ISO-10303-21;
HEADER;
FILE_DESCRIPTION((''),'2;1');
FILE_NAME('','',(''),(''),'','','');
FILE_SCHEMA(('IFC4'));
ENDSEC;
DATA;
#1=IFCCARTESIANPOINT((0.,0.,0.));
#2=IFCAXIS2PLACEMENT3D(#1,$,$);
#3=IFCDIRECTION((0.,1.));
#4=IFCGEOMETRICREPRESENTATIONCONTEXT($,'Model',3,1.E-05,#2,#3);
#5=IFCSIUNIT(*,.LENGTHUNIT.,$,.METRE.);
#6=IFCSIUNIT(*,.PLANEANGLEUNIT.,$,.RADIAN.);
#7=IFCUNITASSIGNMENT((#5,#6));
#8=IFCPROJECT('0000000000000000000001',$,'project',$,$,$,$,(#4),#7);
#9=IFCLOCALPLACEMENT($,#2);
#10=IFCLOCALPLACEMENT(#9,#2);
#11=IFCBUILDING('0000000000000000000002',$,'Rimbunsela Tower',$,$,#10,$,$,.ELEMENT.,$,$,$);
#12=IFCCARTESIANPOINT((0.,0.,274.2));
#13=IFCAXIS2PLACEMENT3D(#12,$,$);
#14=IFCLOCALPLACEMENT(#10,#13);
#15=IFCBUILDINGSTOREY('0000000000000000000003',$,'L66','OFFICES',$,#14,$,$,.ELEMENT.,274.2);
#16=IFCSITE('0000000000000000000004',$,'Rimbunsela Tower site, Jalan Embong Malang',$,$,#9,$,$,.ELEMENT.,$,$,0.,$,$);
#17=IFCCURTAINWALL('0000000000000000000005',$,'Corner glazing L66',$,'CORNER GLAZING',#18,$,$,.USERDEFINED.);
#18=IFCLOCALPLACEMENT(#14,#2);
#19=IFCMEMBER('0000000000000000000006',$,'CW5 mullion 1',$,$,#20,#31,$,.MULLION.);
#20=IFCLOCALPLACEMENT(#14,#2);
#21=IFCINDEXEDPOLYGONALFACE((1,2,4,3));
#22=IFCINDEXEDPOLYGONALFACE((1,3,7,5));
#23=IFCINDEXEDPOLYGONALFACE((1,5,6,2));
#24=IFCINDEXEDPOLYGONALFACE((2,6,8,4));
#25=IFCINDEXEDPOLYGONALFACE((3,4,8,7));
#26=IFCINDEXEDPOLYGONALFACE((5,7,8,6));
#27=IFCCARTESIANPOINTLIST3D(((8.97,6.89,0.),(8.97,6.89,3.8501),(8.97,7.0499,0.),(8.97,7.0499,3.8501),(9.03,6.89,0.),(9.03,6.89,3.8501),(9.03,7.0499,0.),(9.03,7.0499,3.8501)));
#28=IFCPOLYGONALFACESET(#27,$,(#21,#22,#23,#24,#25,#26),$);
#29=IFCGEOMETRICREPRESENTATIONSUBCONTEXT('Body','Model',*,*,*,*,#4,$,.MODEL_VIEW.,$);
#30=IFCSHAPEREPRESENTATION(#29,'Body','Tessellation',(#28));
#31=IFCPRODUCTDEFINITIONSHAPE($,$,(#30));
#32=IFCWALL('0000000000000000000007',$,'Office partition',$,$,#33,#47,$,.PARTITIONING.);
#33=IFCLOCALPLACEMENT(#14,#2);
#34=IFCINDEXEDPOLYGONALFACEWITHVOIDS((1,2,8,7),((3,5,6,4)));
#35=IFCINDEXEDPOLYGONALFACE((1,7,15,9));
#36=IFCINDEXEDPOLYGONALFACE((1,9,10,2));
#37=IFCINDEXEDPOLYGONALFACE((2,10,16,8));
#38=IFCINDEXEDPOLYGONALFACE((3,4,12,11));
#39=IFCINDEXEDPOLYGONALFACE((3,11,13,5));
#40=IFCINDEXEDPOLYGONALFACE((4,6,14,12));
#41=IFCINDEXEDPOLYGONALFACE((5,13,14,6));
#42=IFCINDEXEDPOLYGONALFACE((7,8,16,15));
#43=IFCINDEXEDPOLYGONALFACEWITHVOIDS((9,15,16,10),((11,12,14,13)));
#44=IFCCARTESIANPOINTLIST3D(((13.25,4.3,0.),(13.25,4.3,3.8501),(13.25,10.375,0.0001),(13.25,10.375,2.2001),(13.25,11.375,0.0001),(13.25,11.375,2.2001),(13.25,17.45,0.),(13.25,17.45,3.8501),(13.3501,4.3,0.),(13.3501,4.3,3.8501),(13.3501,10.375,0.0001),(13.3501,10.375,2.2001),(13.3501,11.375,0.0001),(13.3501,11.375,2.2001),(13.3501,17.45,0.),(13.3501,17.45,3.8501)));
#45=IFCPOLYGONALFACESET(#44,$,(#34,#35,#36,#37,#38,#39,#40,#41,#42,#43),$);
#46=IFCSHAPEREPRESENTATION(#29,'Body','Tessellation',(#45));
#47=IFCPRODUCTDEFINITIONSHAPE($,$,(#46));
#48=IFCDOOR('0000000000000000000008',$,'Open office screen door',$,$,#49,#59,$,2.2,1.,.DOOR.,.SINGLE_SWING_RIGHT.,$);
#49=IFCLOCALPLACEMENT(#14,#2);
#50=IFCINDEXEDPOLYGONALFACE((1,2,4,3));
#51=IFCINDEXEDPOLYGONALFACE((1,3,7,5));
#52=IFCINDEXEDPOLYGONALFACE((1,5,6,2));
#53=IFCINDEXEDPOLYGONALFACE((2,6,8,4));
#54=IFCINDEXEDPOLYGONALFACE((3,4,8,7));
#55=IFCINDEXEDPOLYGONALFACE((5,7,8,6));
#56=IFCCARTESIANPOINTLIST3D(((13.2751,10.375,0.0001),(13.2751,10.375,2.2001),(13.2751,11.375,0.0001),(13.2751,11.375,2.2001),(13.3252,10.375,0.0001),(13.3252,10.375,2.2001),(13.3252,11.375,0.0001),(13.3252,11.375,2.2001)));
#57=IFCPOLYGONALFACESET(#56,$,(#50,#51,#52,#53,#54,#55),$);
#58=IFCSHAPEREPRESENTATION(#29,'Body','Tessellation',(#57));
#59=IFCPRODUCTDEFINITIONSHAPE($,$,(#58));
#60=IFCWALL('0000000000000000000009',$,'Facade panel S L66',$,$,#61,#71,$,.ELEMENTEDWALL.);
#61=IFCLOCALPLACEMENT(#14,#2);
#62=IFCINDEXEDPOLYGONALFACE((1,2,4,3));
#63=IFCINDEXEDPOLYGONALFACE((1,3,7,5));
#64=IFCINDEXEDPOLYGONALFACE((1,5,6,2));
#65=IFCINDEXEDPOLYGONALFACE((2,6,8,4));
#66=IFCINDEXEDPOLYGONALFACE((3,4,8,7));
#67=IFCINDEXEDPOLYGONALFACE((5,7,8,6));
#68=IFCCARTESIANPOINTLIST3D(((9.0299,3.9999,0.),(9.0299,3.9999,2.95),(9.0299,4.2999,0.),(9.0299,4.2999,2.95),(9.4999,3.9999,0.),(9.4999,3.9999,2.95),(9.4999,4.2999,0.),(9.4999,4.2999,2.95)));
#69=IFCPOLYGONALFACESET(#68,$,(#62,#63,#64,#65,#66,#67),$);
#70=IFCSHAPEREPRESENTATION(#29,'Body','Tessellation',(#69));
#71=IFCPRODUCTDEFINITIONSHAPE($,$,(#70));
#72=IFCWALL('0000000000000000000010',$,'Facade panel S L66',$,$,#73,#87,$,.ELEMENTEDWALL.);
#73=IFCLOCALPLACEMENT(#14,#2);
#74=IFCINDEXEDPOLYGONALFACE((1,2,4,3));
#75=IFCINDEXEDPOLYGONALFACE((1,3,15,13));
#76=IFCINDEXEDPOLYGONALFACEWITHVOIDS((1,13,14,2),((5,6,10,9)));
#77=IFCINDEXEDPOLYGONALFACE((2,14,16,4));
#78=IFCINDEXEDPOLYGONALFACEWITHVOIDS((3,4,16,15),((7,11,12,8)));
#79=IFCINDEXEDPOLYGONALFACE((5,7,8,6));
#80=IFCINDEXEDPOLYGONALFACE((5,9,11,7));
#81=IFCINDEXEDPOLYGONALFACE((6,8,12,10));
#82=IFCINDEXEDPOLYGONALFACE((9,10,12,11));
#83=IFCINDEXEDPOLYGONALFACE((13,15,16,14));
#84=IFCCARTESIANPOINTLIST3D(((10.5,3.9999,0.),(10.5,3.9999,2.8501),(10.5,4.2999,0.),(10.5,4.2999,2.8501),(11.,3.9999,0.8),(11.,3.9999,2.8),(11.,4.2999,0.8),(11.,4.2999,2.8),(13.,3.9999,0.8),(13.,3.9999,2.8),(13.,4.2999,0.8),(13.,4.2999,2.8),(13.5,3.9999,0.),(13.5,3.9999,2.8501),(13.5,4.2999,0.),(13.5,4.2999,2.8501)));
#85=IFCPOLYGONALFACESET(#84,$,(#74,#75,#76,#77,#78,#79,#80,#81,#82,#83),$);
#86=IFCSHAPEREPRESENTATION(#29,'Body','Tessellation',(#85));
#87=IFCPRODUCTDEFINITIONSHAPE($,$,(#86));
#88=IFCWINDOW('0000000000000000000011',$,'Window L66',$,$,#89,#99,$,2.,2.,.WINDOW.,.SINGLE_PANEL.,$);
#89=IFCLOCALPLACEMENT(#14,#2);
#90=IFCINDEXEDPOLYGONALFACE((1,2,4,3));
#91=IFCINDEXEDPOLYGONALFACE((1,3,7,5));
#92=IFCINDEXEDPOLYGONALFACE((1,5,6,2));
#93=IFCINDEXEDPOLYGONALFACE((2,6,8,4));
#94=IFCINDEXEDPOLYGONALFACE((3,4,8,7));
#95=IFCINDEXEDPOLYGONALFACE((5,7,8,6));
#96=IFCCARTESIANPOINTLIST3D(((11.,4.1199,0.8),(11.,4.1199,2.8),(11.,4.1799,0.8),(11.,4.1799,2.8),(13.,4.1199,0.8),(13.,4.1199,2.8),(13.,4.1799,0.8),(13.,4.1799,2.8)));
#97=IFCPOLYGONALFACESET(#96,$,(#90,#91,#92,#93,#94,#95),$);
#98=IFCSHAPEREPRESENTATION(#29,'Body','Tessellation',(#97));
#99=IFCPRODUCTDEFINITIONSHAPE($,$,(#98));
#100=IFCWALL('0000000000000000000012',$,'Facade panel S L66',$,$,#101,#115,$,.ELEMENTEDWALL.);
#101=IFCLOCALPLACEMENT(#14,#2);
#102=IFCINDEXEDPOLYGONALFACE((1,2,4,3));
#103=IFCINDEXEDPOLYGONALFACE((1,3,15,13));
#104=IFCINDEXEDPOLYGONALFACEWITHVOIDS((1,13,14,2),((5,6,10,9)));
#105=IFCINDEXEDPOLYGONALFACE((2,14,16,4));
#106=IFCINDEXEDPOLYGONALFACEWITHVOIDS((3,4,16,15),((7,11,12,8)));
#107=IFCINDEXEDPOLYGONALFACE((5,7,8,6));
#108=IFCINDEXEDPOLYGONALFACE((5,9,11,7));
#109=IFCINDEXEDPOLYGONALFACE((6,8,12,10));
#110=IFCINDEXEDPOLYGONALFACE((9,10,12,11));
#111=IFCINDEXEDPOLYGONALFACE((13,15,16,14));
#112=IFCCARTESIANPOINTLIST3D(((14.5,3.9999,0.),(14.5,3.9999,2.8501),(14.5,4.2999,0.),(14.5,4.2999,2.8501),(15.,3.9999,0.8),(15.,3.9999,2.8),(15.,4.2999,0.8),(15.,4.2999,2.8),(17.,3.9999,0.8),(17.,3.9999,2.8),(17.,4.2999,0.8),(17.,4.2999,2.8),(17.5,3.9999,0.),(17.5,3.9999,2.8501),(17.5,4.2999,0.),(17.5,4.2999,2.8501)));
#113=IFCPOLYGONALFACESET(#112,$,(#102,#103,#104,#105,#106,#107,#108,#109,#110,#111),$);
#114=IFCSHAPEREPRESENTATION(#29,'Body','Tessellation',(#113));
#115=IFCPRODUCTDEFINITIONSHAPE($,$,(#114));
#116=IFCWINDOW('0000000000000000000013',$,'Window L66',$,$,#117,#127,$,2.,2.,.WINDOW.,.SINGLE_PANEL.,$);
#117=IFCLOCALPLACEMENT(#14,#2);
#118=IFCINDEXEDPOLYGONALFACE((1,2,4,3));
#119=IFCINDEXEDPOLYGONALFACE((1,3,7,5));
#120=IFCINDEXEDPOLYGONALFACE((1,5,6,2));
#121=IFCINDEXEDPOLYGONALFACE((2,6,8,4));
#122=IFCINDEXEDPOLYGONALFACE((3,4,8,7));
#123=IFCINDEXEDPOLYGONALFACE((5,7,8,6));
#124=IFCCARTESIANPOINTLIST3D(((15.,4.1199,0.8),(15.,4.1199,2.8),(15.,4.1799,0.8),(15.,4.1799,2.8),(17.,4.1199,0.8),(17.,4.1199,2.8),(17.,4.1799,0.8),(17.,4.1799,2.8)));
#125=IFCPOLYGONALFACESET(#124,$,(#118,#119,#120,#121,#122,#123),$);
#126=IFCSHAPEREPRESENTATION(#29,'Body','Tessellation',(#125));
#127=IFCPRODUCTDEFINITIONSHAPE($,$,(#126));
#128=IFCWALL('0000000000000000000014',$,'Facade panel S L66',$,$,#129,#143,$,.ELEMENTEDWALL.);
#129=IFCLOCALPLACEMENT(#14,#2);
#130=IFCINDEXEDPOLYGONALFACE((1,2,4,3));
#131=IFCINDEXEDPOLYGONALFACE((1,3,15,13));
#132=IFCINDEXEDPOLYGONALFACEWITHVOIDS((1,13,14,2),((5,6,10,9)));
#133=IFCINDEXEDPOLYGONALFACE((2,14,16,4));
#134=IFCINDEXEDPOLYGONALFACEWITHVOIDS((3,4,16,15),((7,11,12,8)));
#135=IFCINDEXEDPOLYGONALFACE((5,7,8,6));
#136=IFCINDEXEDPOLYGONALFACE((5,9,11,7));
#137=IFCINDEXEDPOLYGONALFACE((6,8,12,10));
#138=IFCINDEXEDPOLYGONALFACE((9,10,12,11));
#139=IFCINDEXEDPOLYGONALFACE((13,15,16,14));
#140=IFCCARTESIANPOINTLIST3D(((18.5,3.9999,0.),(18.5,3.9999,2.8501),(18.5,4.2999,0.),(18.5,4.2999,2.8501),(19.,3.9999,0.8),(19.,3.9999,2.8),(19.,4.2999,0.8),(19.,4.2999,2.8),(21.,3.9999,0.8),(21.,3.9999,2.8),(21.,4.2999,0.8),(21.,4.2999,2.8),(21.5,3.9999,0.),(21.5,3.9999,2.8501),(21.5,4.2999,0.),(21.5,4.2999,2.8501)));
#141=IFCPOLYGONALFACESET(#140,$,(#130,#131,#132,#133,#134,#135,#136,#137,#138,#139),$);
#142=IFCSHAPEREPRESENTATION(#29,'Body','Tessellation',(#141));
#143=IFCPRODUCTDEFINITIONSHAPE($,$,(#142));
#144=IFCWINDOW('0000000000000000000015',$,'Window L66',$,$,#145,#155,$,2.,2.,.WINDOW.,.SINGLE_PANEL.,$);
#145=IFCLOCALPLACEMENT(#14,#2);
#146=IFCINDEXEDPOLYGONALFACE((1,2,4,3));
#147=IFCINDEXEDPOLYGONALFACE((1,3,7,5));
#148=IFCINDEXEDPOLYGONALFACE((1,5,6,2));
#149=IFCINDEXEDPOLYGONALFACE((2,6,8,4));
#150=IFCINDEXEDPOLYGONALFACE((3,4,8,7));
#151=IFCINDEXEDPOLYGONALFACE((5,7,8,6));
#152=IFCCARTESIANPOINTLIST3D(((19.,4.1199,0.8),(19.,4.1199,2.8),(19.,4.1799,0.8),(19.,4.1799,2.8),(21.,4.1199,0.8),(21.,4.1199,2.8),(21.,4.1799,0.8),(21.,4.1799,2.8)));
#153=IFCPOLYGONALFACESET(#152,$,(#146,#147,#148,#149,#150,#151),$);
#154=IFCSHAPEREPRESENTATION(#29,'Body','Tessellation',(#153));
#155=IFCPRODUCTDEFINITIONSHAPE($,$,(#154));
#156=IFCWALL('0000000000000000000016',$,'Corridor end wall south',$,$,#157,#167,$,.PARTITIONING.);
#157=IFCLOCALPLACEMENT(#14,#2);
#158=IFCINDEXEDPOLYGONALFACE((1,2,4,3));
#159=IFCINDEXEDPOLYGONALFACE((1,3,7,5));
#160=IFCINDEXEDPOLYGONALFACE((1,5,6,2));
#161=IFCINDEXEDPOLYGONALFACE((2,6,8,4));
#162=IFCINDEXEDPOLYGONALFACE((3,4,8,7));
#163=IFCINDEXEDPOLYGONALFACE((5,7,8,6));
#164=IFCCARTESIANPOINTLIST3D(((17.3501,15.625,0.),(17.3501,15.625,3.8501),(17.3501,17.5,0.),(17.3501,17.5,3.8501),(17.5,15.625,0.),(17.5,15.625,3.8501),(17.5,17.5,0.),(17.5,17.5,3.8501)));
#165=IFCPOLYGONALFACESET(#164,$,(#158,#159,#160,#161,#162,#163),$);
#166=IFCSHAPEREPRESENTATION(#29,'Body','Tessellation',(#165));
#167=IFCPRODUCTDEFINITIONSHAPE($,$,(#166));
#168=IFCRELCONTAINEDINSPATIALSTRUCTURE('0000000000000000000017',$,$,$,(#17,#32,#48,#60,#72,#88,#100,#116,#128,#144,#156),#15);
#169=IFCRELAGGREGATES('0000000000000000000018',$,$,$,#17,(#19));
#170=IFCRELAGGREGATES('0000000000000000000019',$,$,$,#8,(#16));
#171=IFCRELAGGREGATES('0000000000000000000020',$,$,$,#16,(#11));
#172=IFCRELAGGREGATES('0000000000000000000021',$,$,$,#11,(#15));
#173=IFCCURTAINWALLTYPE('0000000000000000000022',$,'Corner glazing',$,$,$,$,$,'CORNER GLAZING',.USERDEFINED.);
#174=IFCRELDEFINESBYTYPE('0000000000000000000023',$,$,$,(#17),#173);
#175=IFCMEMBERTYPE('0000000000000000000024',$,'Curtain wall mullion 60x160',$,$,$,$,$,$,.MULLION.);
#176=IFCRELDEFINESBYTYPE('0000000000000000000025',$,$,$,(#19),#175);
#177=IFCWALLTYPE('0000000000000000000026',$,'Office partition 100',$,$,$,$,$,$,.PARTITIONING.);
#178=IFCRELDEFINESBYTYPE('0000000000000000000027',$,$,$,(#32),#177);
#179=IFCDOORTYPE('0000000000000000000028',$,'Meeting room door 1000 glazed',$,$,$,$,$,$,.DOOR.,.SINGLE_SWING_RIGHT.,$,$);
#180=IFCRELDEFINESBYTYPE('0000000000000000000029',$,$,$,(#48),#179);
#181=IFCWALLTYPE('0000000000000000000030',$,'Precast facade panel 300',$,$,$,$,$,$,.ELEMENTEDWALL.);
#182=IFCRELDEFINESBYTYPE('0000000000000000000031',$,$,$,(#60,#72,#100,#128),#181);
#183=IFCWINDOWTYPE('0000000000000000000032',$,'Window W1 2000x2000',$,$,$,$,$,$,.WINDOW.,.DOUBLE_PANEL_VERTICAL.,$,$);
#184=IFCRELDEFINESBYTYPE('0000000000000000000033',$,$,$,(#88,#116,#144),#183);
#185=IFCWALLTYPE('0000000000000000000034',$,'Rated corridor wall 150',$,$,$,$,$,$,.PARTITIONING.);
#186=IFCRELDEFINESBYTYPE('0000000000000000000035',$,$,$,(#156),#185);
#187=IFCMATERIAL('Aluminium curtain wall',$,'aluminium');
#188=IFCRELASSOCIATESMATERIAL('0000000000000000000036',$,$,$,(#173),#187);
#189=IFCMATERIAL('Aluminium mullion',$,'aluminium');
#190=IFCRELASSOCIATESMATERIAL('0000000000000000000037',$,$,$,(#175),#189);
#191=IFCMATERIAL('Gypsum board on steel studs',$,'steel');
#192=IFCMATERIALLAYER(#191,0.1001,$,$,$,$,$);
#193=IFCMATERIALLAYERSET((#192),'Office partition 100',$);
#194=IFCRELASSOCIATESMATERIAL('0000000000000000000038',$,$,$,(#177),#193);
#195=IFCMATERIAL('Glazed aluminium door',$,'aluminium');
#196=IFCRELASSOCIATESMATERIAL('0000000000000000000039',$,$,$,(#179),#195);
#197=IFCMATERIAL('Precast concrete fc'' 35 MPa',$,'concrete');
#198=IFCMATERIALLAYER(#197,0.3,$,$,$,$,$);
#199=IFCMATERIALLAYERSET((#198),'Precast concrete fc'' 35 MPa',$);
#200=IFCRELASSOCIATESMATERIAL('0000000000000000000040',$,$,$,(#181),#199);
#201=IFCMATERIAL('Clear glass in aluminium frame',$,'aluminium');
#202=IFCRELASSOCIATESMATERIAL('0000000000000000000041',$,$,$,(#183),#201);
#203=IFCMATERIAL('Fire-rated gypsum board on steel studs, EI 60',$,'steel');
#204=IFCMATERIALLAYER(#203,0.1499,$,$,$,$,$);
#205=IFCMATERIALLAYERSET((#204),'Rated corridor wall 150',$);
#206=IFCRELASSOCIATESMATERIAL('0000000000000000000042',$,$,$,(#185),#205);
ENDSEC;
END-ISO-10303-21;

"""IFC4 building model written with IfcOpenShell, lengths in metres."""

from ifc_helpers import new_model, si_unit, direction, frame, frame_2d, origin, origin_2d, place, context, subcontext, project, spatial, rectangle, extrude, material, layer, layer_set, material_profile, profile_set, type_object, element, fill, aggregate, save


model = new_model("IFC4")

# Units and contexts
model_context = context("Model", 3, precision=1e-05, world=origin(), true_north=direction((0.0, 1.0)))
body_context = subcontext(model_context, "Body", "Model", "MODEL_VIEW")
ifc_project = project(units=[si_unit("LENGTHUNIT", "METRE"), si_unit("PLANEANGLEUNIT", "RADIAN")], contexts=[model_context])

# Site, building, storey
site_placement = place(None, origin())
site = spatial("IfcSite", under=ifc_project, at=site_placement, Name="Rimbunsela Tower site, Jalan Embong Malang", CompositionType="ELEMENT", RefElevation=0.0)
building_placement = place(site_placement, origin())
building = spatial("IfcBuilding", under=site, at=building_placement, Name="Rimbunsela Tower", CompositionType="ELEMENT")
storey_placement = place(building_placement, frame((0.0, 0.0, 274.2)))
storey = spatial("IfcBuildingStorey", under=building, at=storey_placement, Name="L66", Description="OFFICES", CompositionType="ELEMENT", Elevation=274.2)

# Curtain wall, member
ifc_material_1 = material(Name="Aluminium curtain wall", Category="aluminium")
curtain_wall_type = type_object("IfcCurtainWallType", Name="Corner glazing", ElementType="CORNER GLAZING", PredefinedType="USERDEFINED", material=ifc_material_1)
curtain_wall_placement = place(storey_placement, origin())
curtain_wall = element("IfcCurtainWall", 1, at=curtain_wall_placement, inside=storey, type_object=curtain_wall_type, Name="Corner glazing L66", ObjectType="CORNER GLAZING", PredefinedType="USERDEFINED")
ifc_material_2 = material(Name="Aluminium mullion", Category="aluminium")
ifc_material_profile_1 = material_profile(ifc_material_2, rectangle(XDim=0.0601, YDim=0.1599, at=origin_2d()), Name="Mullion 60x160")
ifc_profile_set_1 = profile_set([ifc_material_profile_1], Name="Aluminium mullion")
member_type = type_object("IfcMemberType", Name="Curtain wall mullion 60x160", PredefinedType="MULLION", material=ifc_profile_set_1)
member_placement = place(storey_placement, frame((9.0, 6.97, 0.0), z_axis=(0.0, 0.0, 1.0), x_axis=(1.0, 0.0, 0.0)))
member = element("IfcMember", 2, at=member_placement, type_object=member_type, Name="CW5 mullion 1", PredefinedType="MULLION", context=body_context, shape_type="SweptSolid", body=[
    extrude(rectangle(XDim=0.0601, YDim=0.1599, at=origin_2d()), origin(), (0.0, 0.0, 1.0), 3.8501),
])
aggregate(curtain_wall, [member])

# Wall, opening, door
ifc_material_3 = material(Name="Gypsum board on steel studs", Category="steel")
ifc_layer_1 = layer(ifc_material_3, 0.1001)
ifc_layer_set_1 = layer_set([ifc_layer_1], Name="Office partition 100")
wall_type_1 = type_object("IfcWallType", Name="Office partition 100", PredefinedType="PARTITIONING", material=ifc_layer_set_1)
wall_1_placement = place(storey_placement, frame((13.3, 4.3, 0.0), z_axis=(0.0, 0.0, 1.0), x_axis=(0.0, 1.0, 0.0)))
wall_1 = element("IfcWall", 3, at=wall_1_placement, inside=storey, type_object=wall_type_1, Name="Office partition", PredefinedType="PARTITIONING", context=body_context, shape_type="SweptSolid", body=[
    extrude(rectangle(XDim=13.1499, YDim=0.1001, at=frame_2d((6.575, 0.0))), origin(), (0.0, 0.0, 1.0), 3.8501),
])
opening_1_placement = place(wall_1_placement, frame((6.075, 0.0, 0.0)))
opening_1 = element("IfcOpeningElement", 4, at=opening_1_placement, cuts=wall_1, PredefinedType="OPENING", context=body_context, shape_type="SweptSolid", body=[
    extrude(rectangle(XDim=1.0, YDim=2.2, at=frame_2d((0.5, 1.1001))), frame((0.0, 0.0601, 0.0), z_axis=(0.0, -1.0, 0.0), x_axis=(1.0, 0.0, 0.0)), (0.0, 0.0, 1.0), 0.1201),
])
ifc_material_4 = material(Name="Glazed aluminium door", Category="aluminium")
door_type = type_object("IfcDoorType", Name="Meeting room door 1000 glazed", OperationType="SINGLE_SWING_RIGHT", PredefinedType="DOOR", material=ifc_material_4)
door_placement = place(opening_1_placement, origin())
door = element("IfcDoor", 5, at=door_placement, inside=storey, type_object=door_type, Name="Open office screen door", OperationType="SINGLE_SWING_RIGHT", OverallHeight=2.2, OverallWidth=1.0, PredefinedType="DOOR", context=body_context, shape_type="SweptSolid", body=[
    extrude(rectangle(XDim=1.0, YDim=2.2, at=frame_2d((0.5, 1.1001))), frame((0.0, 0.0249, 0.0), z_axis=(0.0, -1.0, 0.0), x_axis=(1.0, 0.0, 0.0)), (0.0, 0.0, 1.0), 0.05),
])
fill(opening_1, door)

# Wall
ifc_material_5 = material(Name="Precast concrete fc' 35 MPa", Category="concrete")
ifc_layer_2 = layer(ifc_material_5, 0.3)
ifc_layer_set_2 = layer_set([ifc_layer_2], Name="Precast concrete fc' 35 MPa")
wall_type_2 = type_object("IfcWallType", Name="Precast facade panel 300", PredefinedType="ELEMENTEDWALL", material=ifc_layer_set_2)
wall_2_placement = place(storey_placement, frame((9.03, 4.1499, 0.0), z_axis=(0.0, 0.0, 1.0), x_axis=(1.0, 0.0, 0.0)))
element("IfcWall", 6, at=wall_2_placement, inside=storey, type_object=wall_type_2, Name="Facade panel S L66", PredefinedType="ELEMENTEDWALL", context=body_context, shape_type="SweptSolid", body=[
    extrude(rectangle(XDim=0.47, YDim=0.3, at=frame_2d((0.2349, 0.0))), origin(), (0.0, 0.0, 1.0), 2.95),
])

# Walls, openings, windows
wall_3_placement = place(storey_placement, frame((10.5, 4.1499, 0.0), z_axis=(0.0, 0.0, 1.0), x_axis=(1.0, 0.0, 0.0)))
wall_3 = element("IfcWall", 7, at=wall_3_placement, inside=storey, type_object=wall_type_2, Name="Facade panel S L66", PredefinedType="ELEMENTEDWALL", context=body_context, shape_type="SweptSolid", body=[
    extrude(rectangle(XDim=3.0, YDim=0.3, at=frame_2d((1.5, 0.0))), origin(), (0.0, 0.0, 1.0), 2.8501),
])
opening_2_placement = place(wall_3_placement, frame((0.5, 0.0, 0.8)))
opening_2 = element("IfcOpeningElement", 8, at=opening_2_placement, cuts=wall_3, PredefinedType="OPENING", context=body_context, shape_type="SweptSolid", body=[
    extrude(rectangle(XDim=2.0, YDim=2.0, at=frame_2d((1.0, 1.0))), frame((0.0, 0.1599, 0.0), z_axis=(0.0, -1.0, 0.0), x_axis=(1.0, 0.0, 0.0)), (0.0, 0.0, 1.0), 0.3201),
])
ifc_material_6 = material(Name="Clear glass in aluminium frame", Category="aluminium")
window_type = type_object("IfcWindowType", Name="Window W1 2000x2000", PartitioningType="DOUBLE_PANEL_VERTICAL", PredefinedType="WINDOW", material=ifc_material_6)
window_1_placement = place(opening_2_placement, origin())
window_1 = element("IfcWindow", 9, at=window_1_placement, inside=storey, type_object=window_type, Name="Window L66", OverallHeight=2.0, OverallWidth=2.0, PartitioningType="SINGLE_PANEL", PredefinedType="WINDOW", context=body_context, shape_type="SweptSolid", body=[
    extrude(rectangle(XDim=2.0, YDim=2.0, at=frame_2d((1.0, 1.0))), frame((0.0, 0.03, 0.0), z_axis=(0.0, -1.0, 0.0), x_axis=(1.0, 0.0, 0.0)), (0.0, 0.0, 1.0), 0.0601),
])
fill(opening_2, window_1)
wall_4_placement = place(storey_placement, frame((14.5, 4.1499, 0.0), z_axis=(0.0, 0.0, 1.0), x_axis=(1.0, 0.0, 0.0)))
wall_4 = element("IfcWall", 10, at=wall_4_placement, inside=storey, type_object=wall_type_2, Name="Facade panel S L66", PredefinedType="ELEMENTEDWALL", context=body_context, shape_type="SweptSolid", body=[
    extrude(rectangle(XDim=3.0, YDim=0.3, at=frame_2d((1.5, 0.0))), origin(), (0.0, 0.0, 1.0), 2.8501),
])
opening_3_placement = place(wall_4_placement, frame((0.5, 0.0, 0.8)))
opening_3 = element("IfcOpeningElement", 11, at=opening_3_placement, cuts=wall_4, PredefinedType="OPENING", context=body_context, shape_type="SweptSolid", body=[
    extrude(rectangle(XDim=2.0, YDim=2.0, at=frame_2d((1.0, 1.0))), frame((0.0, 0.1599, 0.0), z_axis=(0.0, -1.0, 0.0), x_axis=(1.0, 0.0, 0.0)), (0.0, 0.0, 1.0), 0.3201),
])
window_2_placement = place(opening_3_placement, origin())
window_2 = element("IfcWindow", 12, at=window_2_placement, inside=storey, type_object=window_type, Name="Window L66", OverallHeight=2.0, OverallWidth=2.0, PartitioningType="SINGLE_PANEL", PredefinedType="WINDOW", context=body_context, shape_type="SweptSolid", body=[
    extrude(rectangle(XDim=2.0, YDim=2.0, at=frame_2d((1.0, 1.0))), frame((0.0, 0.03, 0.0), z_axis=(0.0, -1.0, 0.0), x_axis=(1.0, 0.0, 0.0)), (0.0, 0.0, 1.0), 0.0601),
])
fill(opening_3, window_2)
wall_5_placement = place(storey_placement, frame((18.5, 4.1499, 0.0), z_axis=(0.0, 0.0, 1.0), x_axis=(1.0, 0.0, 0.0)))
wall_5 = element("IfcWall", 13, at=wall_5_placement, inside=storey, type_object=wall_type_2, Name="Facade panel S L66", PredefinedType="ELEMENTEDWALL", context=body_context, shape_type="SweptSolid", body=[
    extrude(rectangle(XDim=3.0, YDim=0.3, at=frame_2d((1.5, 0.0))), origin(), (0.0, 0.0, 1.0), 2.8501),
])
opening_4_placement = place(wall_5_placement, frame((0.5, 0.0, 0.8)))
opening_4 = element("IfcOpeningElement", 14, at=opening_4_placement, cuts=wall_5, PredefinedType="OPENING", context=body_context, shape_type="SweptSolid", body=[
    extrude(rectangle(XDim=2.0, YDim=2.0, at=frame_2d((1.0, 1.0))), frame((0.0, 0.1599, 0.0), z_axis=(0.0, -1.0, 0.0), x_axis=(1.0, 0.0, 0.0)), (0.0, 0.0, 1.0), 0.3201),
])
window_3_placement = place(opening_4_placement, origin())
window_3 = element("IfcWindow", 15, at=window_3_placement, inside=storey, type_object=window_type, Name="Window L66", OverallHeight=2.0, OverallWidth=2.0, PartitioningType="SINGLE_PANEL", PredefinedType="WINDOW", context=body_context, shape_type="SweptSolid", body=[
    extrude(rectangle(XDim=2.0, YDim=2.0, at=frame_2d((1.0, 1.0))), frame((0.0, 0.03, 0.0), z_axis=(0.0, -1.0, 0.0), x_axis=(1.0, 0.0, 0.0)), (0.0, 0.0, 1.0), 0.0601),
])
fill(opening_4, window_3)

# Wall
ifc_material_7 = material(Name="Fire-rated gypsum board on steel studs, EI 60", Category="steel")
ifc_layer_3 = layer(ifc_material_7, 0.1499)
ifc_layer_set_3 = layer_set([ifc_layer_3], Name="Rated corridor wall 150")
wall_type_3 = type_object("IfcWallType", Name="Rated corridor wall 150", PredefinedType="PARTITIONING", material=ifc_layer_set_3)
wall_6_placement = place(storey_placement, frame((17.425, 15.625, 0.0), z_axis=(0.0, 0.0, 1.0), x_axis=(0.0, 1.0, 0.0)))
element("IfcWall", 16, at=wall_6_placement, inside=storey, type_object=wall_type_3, Name="Corridor end wall south", PredefinedType="PARTITIONING", context=body_context, shape_type="SweptSolid", body=[
    extrude(rectangle(XDim=1.875, YDim=0.1499, at=frame_2d((0.9375, 0.0))), origin(), (0.0, 0.0, 1.0), 3.8501),
])

save(model, "model.ifc")
